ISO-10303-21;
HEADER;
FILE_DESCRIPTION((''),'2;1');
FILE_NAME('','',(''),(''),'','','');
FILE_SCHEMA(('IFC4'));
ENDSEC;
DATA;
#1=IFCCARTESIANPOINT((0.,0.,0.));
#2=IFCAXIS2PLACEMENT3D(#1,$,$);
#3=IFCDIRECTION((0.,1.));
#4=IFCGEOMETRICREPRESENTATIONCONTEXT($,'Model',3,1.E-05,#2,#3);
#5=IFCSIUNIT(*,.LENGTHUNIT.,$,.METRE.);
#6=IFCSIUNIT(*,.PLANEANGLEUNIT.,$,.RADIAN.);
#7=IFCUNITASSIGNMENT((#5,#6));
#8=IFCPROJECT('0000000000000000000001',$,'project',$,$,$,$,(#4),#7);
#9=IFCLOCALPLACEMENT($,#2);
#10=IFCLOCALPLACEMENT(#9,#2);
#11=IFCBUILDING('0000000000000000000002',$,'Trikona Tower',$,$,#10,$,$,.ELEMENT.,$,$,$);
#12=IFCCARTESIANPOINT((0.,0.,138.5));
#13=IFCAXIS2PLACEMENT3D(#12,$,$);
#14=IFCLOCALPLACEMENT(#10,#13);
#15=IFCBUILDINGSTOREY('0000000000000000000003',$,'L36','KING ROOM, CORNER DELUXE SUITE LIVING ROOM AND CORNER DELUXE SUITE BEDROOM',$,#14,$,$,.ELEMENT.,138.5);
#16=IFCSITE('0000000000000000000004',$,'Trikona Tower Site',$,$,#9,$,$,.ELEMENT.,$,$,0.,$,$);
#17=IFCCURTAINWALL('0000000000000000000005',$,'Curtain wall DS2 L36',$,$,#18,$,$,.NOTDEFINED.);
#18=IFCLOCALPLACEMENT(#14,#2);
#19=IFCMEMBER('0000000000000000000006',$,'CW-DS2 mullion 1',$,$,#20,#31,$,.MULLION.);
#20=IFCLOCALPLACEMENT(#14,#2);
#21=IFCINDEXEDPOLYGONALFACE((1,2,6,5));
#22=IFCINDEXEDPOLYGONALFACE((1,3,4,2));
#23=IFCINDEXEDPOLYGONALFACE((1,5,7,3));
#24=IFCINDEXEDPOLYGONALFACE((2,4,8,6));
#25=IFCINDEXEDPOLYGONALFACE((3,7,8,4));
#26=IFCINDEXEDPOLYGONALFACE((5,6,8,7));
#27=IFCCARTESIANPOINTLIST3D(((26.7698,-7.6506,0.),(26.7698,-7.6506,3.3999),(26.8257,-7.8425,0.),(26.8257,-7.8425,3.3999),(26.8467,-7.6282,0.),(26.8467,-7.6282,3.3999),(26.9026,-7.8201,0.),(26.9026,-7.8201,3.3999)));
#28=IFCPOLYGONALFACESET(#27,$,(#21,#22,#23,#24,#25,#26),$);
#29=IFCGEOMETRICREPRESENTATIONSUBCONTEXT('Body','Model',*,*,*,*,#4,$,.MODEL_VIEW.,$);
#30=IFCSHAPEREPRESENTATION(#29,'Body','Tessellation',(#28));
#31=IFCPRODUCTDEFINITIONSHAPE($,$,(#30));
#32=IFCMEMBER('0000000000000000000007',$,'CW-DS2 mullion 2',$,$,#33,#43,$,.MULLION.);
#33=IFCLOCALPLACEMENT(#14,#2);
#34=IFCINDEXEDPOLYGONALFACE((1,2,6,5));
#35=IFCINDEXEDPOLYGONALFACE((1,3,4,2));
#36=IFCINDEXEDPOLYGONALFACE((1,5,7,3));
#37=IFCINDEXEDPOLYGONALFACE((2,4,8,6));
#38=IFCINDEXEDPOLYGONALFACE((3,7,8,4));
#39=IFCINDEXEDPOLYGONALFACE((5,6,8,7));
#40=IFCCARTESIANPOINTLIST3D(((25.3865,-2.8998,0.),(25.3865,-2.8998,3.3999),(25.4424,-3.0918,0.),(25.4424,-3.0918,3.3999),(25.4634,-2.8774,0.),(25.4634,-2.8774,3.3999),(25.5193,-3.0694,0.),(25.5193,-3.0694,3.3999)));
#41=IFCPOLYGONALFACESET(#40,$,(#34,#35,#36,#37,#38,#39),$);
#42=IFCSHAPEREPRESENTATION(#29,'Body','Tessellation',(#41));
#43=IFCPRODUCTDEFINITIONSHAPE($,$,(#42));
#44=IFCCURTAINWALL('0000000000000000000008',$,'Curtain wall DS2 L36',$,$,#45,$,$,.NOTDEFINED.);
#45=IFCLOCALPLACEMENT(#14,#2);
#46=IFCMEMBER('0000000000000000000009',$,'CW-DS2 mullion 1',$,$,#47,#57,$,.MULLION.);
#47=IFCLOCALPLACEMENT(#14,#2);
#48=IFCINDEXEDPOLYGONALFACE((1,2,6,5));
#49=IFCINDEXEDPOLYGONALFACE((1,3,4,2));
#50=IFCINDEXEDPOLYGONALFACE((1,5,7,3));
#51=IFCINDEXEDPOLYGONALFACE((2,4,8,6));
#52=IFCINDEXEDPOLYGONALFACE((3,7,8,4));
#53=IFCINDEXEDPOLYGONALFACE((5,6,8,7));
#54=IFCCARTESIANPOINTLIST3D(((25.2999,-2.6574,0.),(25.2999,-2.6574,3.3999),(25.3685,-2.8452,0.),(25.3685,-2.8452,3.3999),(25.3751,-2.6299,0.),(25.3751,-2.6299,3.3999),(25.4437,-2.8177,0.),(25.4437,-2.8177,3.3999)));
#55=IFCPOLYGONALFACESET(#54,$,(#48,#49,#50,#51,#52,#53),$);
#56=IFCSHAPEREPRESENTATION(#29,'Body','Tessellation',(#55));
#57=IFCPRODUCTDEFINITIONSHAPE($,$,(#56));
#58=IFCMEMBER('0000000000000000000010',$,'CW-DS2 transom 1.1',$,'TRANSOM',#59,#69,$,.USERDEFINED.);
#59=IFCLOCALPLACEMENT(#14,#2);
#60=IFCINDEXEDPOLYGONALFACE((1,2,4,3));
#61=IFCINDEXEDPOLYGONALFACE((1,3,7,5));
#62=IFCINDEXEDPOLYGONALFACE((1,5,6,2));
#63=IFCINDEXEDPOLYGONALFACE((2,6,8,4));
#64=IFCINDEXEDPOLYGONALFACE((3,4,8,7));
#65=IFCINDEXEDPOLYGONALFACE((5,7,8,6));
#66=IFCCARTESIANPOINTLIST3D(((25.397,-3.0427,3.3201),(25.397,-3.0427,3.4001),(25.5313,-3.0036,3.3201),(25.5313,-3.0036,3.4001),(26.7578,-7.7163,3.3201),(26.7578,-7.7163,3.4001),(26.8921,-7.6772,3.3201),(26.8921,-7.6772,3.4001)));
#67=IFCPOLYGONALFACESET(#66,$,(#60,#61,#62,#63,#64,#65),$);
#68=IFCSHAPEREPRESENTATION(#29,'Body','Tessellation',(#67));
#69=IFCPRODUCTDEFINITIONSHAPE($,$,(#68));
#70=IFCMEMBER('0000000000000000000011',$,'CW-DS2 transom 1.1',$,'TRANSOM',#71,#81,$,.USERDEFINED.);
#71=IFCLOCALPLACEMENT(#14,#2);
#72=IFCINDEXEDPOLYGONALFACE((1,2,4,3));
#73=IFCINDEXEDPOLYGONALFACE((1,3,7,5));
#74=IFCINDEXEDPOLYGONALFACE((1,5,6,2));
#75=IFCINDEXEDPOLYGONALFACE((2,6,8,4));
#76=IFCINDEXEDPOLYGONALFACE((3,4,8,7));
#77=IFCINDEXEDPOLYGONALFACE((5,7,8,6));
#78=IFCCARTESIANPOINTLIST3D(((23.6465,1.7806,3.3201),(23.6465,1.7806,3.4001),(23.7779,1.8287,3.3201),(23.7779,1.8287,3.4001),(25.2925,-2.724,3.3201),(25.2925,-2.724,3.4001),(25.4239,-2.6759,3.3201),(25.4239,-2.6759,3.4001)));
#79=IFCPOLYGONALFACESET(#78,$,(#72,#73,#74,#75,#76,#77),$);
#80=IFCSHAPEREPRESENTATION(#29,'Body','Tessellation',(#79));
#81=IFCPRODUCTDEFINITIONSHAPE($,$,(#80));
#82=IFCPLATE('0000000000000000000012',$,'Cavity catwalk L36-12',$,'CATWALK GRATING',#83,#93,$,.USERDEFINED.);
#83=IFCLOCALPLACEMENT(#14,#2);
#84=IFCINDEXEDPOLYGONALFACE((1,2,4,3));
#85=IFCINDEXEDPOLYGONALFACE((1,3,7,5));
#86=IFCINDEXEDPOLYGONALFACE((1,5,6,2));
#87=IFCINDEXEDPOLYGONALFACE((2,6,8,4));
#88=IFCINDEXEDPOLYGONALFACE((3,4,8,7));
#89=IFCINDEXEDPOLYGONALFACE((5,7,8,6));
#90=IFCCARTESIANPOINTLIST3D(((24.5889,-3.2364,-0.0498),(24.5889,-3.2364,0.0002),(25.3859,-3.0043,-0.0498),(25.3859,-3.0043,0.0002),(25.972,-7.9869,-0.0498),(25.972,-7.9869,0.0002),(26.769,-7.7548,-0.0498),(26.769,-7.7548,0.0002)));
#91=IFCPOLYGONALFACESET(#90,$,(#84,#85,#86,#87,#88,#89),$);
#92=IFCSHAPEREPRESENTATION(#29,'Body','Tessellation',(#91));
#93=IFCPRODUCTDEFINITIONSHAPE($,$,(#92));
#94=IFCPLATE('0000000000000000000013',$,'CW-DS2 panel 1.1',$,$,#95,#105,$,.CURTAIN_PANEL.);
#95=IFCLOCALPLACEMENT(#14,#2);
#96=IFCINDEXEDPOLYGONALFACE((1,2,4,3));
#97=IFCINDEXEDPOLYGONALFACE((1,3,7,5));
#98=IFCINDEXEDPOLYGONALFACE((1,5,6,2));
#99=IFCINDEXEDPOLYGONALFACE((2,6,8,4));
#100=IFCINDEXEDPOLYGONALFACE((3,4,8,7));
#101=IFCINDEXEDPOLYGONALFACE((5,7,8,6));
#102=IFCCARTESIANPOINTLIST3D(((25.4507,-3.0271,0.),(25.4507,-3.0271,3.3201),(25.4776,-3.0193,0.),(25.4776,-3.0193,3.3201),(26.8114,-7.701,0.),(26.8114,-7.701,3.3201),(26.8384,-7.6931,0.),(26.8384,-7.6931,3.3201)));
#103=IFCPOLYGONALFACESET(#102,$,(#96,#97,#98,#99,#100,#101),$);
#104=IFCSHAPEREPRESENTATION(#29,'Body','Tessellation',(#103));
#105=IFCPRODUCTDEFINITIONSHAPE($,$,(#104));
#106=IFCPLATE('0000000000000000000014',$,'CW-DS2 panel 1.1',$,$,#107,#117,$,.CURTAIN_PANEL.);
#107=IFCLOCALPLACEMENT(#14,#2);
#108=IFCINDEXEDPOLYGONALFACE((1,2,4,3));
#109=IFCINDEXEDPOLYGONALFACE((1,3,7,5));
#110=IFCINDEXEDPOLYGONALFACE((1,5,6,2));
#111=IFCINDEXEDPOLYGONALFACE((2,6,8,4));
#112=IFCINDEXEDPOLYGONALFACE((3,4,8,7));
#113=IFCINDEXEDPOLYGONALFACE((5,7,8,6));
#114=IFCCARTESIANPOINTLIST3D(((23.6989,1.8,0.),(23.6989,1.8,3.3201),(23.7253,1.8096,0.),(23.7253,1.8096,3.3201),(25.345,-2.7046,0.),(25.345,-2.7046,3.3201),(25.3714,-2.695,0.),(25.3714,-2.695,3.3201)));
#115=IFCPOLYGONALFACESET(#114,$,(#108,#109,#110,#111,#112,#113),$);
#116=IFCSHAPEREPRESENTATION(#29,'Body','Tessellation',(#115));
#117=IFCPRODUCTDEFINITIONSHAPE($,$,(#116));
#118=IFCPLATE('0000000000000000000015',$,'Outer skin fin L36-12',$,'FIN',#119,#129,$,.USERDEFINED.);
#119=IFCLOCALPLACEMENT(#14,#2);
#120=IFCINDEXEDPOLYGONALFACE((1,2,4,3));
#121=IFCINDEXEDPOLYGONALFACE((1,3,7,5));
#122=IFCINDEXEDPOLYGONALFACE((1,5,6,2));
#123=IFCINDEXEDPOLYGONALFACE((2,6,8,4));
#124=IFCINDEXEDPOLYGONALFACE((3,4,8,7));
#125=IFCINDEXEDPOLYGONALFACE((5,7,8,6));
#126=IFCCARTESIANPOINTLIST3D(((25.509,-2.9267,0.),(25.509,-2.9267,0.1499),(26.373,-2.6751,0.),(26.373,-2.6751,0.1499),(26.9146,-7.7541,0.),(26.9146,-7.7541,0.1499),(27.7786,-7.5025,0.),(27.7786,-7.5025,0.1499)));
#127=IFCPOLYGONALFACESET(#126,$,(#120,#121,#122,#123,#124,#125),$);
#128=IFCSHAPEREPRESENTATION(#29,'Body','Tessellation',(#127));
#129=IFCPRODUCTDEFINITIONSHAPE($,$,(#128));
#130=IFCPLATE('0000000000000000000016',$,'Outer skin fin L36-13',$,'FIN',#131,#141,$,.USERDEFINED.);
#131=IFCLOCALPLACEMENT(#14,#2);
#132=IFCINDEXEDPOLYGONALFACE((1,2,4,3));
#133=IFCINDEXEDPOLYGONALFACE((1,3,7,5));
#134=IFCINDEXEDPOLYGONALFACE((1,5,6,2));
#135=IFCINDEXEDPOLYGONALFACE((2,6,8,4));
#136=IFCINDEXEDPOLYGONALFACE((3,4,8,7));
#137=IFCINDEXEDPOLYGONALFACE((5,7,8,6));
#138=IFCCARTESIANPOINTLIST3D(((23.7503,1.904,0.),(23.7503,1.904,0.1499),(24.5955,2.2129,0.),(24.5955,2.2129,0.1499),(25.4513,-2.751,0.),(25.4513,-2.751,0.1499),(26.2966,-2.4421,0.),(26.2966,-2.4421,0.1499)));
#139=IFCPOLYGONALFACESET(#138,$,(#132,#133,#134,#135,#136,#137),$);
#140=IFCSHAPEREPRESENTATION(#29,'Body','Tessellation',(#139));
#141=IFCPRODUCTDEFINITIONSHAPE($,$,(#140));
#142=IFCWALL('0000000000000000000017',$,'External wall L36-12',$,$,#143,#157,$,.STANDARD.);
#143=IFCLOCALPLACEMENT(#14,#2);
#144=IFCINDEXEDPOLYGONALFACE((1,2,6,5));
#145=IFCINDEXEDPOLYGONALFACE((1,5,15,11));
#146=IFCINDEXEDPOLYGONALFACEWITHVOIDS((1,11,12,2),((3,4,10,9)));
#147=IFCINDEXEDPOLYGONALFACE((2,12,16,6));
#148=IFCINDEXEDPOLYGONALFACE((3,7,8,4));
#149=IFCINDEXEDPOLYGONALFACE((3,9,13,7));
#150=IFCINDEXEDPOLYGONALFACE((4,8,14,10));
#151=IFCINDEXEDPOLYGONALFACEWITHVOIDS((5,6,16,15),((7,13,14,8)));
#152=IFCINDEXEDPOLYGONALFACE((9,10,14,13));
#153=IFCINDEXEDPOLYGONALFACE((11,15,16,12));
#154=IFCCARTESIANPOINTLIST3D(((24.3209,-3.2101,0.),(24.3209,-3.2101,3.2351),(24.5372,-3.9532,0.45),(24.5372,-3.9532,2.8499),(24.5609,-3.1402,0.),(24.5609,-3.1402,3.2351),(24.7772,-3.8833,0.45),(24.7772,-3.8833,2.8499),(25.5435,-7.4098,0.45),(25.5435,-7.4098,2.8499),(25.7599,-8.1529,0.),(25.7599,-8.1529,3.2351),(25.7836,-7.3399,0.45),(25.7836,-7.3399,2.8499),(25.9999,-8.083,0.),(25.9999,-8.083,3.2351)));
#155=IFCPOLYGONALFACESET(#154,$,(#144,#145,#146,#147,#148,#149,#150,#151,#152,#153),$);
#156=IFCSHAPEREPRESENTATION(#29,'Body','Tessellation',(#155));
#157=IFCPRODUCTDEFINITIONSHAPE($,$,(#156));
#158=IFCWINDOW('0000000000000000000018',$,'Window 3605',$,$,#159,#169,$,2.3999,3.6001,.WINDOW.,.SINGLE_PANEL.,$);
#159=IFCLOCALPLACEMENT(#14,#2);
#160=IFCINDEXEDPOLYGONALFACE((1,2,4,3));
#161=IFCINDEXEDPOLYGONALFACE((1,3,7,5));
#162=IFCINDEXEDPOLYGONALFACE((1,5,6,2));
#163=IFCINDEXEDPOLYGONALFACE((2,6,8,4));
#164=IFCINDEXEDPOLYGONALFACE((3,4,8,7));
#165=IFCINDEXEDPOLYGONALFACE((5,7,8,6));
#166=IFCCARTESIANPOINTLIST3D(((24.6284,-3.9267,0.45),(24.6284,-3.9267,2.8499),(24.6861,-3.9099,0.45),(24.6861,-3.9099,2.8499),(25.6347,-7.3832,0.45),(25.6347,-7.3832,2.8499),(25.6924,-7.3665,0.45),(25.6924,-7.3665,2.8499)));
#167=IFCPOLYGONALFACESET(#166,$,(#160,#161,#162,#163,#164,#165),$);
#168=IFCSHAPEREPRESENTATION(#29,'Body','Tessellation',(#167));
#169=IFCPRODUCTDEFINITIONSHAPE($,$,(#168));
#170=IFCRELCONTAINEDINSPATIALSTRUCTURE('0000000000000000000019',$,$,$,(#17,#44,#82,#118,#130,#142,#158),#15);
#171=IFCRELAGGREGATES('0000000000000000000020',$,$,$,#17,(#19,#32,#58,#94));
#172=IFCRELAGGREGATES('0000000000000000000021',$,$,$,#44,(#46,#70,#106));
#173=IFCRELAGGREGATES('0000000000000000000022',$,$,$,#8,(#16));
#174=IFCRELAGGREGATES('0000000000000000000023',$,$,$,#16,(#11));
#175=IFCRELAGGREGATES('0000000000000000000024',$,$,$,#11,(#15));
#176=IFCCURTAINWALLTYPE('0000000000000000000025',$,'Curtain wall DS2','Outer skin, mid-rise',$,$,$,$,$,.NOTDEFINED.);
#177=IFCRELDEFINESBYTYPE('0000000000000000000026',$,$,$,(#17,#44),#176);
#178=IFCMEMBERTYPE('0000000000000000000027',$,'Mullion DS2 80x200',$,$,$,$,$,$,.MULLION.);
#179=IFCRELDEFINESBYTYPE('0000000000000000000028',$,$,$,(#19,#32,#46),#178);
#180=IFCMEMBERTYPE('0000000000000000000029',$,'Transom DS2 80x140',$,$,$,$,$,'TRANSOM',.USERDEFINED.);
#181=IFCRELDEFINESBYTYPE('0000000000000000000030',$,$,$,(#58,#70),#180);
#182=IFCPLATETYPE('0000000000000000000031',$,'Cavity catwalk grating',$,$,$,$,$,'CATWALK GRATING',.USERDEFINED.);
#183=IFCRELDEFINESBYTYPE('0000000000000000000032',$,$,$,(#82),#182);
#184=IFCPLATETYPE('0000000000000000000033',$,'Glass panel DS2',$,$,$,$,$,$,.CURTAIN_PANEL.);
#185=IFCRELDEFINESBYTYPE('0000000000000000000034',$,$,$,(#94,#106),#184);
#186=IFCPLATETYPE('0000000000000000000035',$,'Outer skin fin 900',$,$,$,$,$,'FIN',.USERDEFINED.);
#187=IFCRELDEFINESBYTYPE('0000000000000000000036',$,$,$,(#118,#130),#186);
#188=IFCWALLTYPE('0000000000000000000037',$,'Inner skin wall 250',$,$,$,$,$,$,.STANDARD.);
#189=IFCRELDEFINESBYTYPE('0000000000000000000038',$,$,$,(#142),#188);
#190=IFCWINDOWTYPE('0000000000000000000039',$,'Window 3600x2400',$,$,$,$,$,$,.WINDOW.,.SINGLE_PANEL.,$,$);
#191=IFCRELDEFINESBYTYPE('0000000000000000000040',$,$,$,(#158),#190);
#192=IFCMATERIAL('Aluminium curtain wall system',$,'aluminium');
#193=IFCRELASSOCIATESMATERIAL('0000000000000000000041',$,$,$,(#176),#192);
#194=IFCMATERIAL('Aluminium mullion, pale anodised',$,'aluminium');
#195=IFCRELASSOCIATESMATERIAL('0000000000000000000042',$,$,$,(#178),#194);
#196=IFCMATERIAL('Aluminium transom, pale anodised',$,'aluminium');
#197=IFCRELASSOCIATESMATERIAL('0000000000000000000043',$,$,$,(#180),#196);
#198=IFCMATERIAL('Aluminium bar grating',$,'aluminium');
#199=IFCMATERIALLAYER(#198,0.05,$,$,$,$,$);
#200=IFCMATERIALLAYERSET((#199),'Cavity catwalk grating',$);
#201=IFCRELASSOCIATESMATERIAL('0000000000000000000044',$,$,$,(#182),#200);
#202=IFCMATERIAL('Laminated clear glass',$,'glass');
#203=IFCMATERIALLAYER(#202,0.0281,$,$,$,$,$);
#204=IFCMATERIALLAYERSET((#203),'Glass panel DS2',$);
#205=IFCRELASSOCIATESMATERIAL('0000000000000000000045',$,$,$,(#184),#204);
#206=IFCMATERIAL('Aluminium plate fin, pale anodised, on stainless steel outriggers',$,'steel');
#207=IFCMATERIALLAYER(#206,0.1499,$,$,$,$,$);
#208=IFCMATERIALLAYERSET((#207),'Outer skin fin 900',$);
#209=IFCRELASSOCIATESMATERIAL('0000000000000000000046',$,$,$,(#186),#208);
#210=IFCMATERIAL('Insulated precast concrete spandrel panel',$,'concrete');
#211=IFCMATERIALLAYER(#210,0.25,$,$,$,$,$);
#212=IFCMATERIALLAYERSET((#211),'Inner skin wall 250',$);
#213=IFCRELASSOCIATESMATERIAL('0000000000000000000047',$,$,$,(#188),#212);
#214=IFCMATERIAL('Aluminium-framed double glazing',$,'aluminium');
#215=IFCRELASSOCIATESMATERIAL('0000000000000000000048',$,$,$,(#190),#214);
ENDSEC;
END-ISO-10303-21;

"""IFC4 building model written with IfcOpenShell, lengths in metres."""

from ifc_helpers import new_model, si_unit, direction, frame, frame_2d, origin, origin_2d, place, context, subcontext, project, spatial, rectangle, extrude, material, layer, layer_set, material_profile, profile_set, type_object, element, fill, aggregate, save


model = new_model("IFC4")

# Units and contexts
model_context = context("Model", 3, precision=1e-05, world=origin(), true_north=direction((0.0, 1.0)))
body_context = subcontext(model_context, "Body", "Model", "MODEL_VIEW")
ifc_project = project(units=[si_unit("LENGTHUNIT", "METRE"), si_unit("PLANEANGLEUNIT", "RADIAN")], contexts=[model_context])

# Site, building, storey
site_placement = place(None, origin())
site = spatial("IfcSite", under=ifc_project, at=site_placement, Name="Trikona Tower Site", CompositionType="ELEMENT", RefElevation=0.0)
building_placement = place(site_placement, origin())
building = spatial("IfcBuilding", under=site, at=building_placement, Name="Trikona Tower", CompositionType="ELEMENT")
storey_placement = place(building_placement, frame((0.0, 0.0, 138.5)))
storey = spatial("IfcBuildingStorey", under=building, at=storey_placement, Name="L36", Description="KING ROOM, CORNER DELUXE SUITE LIVING ROOM AND CORNER DELUXE SUITE BEDROOM", CompositionType="ELEMENT", Elevation=138.5)

# Curtain wall, members
ifc_material_1 = material(Name="Aluminium curtain wall system", Category="aluminium")
curtain_wall_type = type_object("IfcCurtainWallType", Name="Curtain wall DS2", Description="Outer skin, mid-rise", PredefinedType="NOTDEFINED", material=ifc_material_1)
curtain_wall_1_placement = place(storey_placement, origin())
curtain_wall_1 = element("IfcCurtainWall", 1, at=curtain_wall_1_placement, inside=storey, type_object=curtain_wall_type, Name="Curtain wall DS2 L36", PredefinedType="NOTDEFINED")
ifc_material_2 = material(Name="Aluminium mullion, pale anodised", Category="aluminium")
ifc_material_profile_1 = material_profile(ifc_material_2, rectangle(XDim=0.0801, YDim=0.2, at=origin_2d()), Name="MUL-DS2")
ifc_profile_set_1 = profile_set([ifc_material_profile_1], Name="Aluminium mullion, pale anodised")
member_type_1 = type_object("IfcMemberType", Name="Mullion DS2 80x200", PredefinedType="MULLION", material=ifc_profile_set_1)
member_1_placement = place(storey_placement, frame((26.8362, -7.7354, 0.0), z_axis=(0.0, 0.0, 1.0), x_axis=(-0.960133, -0.279543, 0.0)))
member_1 = element("IfcMember", 2, at=member_1_placement, type_object=member_type_1, Name="CW-DS2 mullion 1", PredefinedType="MULLION", context=body_context, shape_type="SweptSolid", body=[
    extrude(rectangle(XDim=0.0801, YDim=0.2, at=origin_2d()), origin(), (0.0, 0.0, 1.0), 3.3999),
])
member_2_placement = place(storey_placement, frame((25.4529, -2.9846, 0.0), z_axis=(0.0, 0.0, 1.0), x_axis=(-0.960133, -0.279543, 0.0)))
member_2 = element("IfcMember", 3, at=member_2_placement, type_object=member_type_1, Name="CW-DS2 mullion 2", PredefinedType="MULLION", context=body_context, shape_type="SweptSolid", body=[
    extrude(rectangle(XDim=0.0801, YDim=0.2, at=origin_2d()), origin(), (0.0, 0.0, 1.0), 3.3999),
])

# Curtain wall, member
curtain_wall_2_placement = place(storey_placement, origin())
curtain_wall_2 = element("IfcCurtainWall", 4, at=curtain_wall_2_placement, inside=storey, type_object=curtain_wall_type, Name="Curtain wall DS2 L36", PredefinedType="NOTDEFINED")
member_3_placement = place(storey_placement, frame((25.3718, -2.7375, 0.0), z_axis=(0.0, 0.0, 1.0), x_axis=(-0.939254, -0.343223, 0.0)))
member_3 = element("IfcMember", 5, at=member_3_placement, type_object=member_type_1, Name="CW-DS2 mullion 1", PredefinedType="MULLION", context=body_context, shape_type="SweptSolid", body=[
    extrude(rectangle(XDim=0.0801, YDim=0.2, at=origin_2d()), origin(), (0.0, 0.0, 1.0), 3.3999),
])

# Members
ifc_material_3 = material(Name="Aluminium transom, pale anodised", Category="aluminium")
ifc_material_profile_2 = material_profile(ifc_material_3, rectangle(XDim=0.1399, YDim=0.0801, at=origin_2d()), Name="TRN-DS2")
ifc_profile_set_2 = profile_set([ifc_material_profile_2], Name="Aluminium transom, pale anodised")
member_type_2 = type_object("IfcMemberType", Name="Transom DS2 80x140", ElementType="TRANSOM", PredefinedType="USERDEFINED", material=ifc_profile_set_2)
member_4_placement = place(storey_placement, frame((26.825, -7.6968, 3.3601), z_axis=(-0.279567, 0.960126, 0.0), x_axis=(-0.960126, -0.279567, 0.0)))
member_4 = element("IfcMember", 6, at=member_4_placement, type_object=member_type_2, Name="CW-DS2 transom 1.1", ObjectType="TRANSOM", PredefinedType="USERDEFINED", context=body_context, shape_type="SweptSolid", body=[
    extrude(rectangle(XDim=0.1399, YDim=0.0801, at=origin_2d()), origin(), (0.0, 0.0, 1.0), 4.8677),
])
member_5_placement = place(storey_placement, frame((25.3582, -2.7, 3.3601), z_axis=(-0.343206, 0.93926, 0.0), x_axis=(-0.93926, -0.343206, 0.0)))
member_5 = element("IfcMember", 7, at=member_5_placement, type_object=member_type_2, Name="CW-DS2 transom 1.1", ObjectType="TRANSOM", PredefinedType="USERDEFINED", context=body_context, shape_type="SweptSolid", body=[
    extrude(rectangle(XDim=0.1399, YDim=0.0801, at=origin_2d()), origin(), (0.0, 0.0, 1.0), 4.7959),
])

# Plates
ifc_material_4 = material(Name="Aluminium bar grating", Category="aluminium")
ifc_layer_1 = layer(ifc_material_4, 0.05)
ifc_layer_set_1 = layer_set([ifc_layer_1], Name="Cavity catwalk grating")
plate_type_1 = type_object("IfcPlateType", Name="Cavity catwalk grating", ElementType="CATWALK GRATING", PredefinedType="USERDEFINED", material=ifc_layer_set_1)
plate_1_placement = place(storey_placement, frame((25.679, -5.4956, -0.0498), z_axis=(0.0, 0.0, 1.0), x_axis=(-0.279554, 0.96013, 0.0)))
element("IfcPlate", 8, at=plate_1_placement, inside=storey, type_object=plate_type_1, Name="Cavity catwalk L36-12", ObjectType="CATWALK GRATING", PredefinedType="USERDEFINED", context=body_context, shape_type="SweptSolid", body=[
    extrude(rectangle(XDim=4.9478, YDim=0.8301, at=origin_2d()), origin(), (0.0, 0.0, 1.0), 0.05),
])
ifc_material_5 = material(Name="Laminated clear glass", Category="glass")
ifc_layer_2 = layer(ifc_material_5, 0.0281)
ifc_layer_set_2 = layer_set([ifc_layer_2], Name="Glass panel DS2")
plate_type_2 = type_object("IfcPlateType", Name="Glass panel DS2", PredefinedType="CURTAIN_PANEL", material=ifc_layer_set_2)
plate_2_placement = place(storey_placement, frame((26.1445, -5.3601, 0.0), z_axis=(0.0, 0.0, 1.0), x_axis=(-0.279543, 0.960133, 0.0)))
plate_2 = element("IfcPlate", 9, at=plate_2_placement, type_object=plate_type_2, Name="CW-DS2 panel 1.1", PredefinedType="CURTAIN_PANEL", context=body_context, shape_type="SweptSolid", body=[
    extrude(rectangle(XDim=4.8679, YDim=0.0281, at=origin_2d()), origin(), (0.0, 0.0, 1.0), 3.3201),
])
aggregate(curtain_wall_1, [member_1, member_2, member_4, plate_2])
plate_3_placement = place(storey_placement, frame((24.5352, -0.4475, 0.0), z_axis=(0.0, 0.0, 1.0), x_axis=(-0.343223, 0.939254, 0.0)))
plate_3 = element("IfcPlate", 10, at=plate_3_placement, type_object=plate_type_2, Name="CW-DS2 panel 1.1", PredefinedType="CURTAIN_PANEL", context=body_context, shape_type="SweptSolid", body=[
    extrude(rectangle(XDim=4.7959, YDim=0.0281, at=origin_2d()), origin(), (0.0, 0.0, 1.0), 3.3201),
])
aggregate(curtain_wall_2, [member_3, member_5, plate_3])

# Plates
ifc_material_6 = material(Name="Aluminium plate fin, pale anodised, on stainless steel outriggers", Category="steel")
ifc_layer_3 = layer(ifc_material_6, 0.1499)
ifc_layer_set_3 = layer_set([ifc_layer_3], Name="Outer skin fin 900")
plate_type_3 = type_object("IfcPlateType", Name="Outer skin fin 900", ElementType="FIN", PredefinedType="USERDEFINED", material=ifc_layer_set_3)
plate_4_placement = place(storey_placement, frame((26.6438, -5.2146, 0.0), z_axis=(0.0, 0.0, 1.0), x_axis=(-0.279554, 0.96013, 0.0)))
element("IfcPlate", 11, at=plate_4_placement, inside=storey, type_object=plate_type_3, Name="Outer skin fin L36-12", ObjectType="FIN", PredefinedType="USERDEFINED", context=body_context, shape_type="SweptSolid", body=[
    extrude(rectangle(XDim=5.0278, YDim=0.8999, at=origin_2d()), origin(), (0.0, 0.0, 1.0), 0.1499),
])
plate_5_placement = place(storey_placement, frame((25.0234, -0.269, 0.0), z_axis=(0.0, 0.0, 1.0), x_axis=(-0.34322, 0.939255, 0.0)))
element("IfcPlate", 12, at=plate_5_placement, inside=storey, type_object=plate_type_3, Name="Outer skin fin L36-13", ObjectType="FIN", PredefinedType="USERDEFINED", context=body_context, shape_type="SweptSolid", body=[
    extrude(rectangle(XDim=4.9561, YDim=0.8999, at=origin_2d()), origin(), (0.0, 0.0, 1.0), 0.1499),
])

# Wall, opening, window
ifc_material_7 = material(Name="Insulated precast concrete spandrel panel", Category="concrete")
ifc_layer_4 = layer(ifc_material_7, 0.25)
ifc_layer_set_4 = layer_set([ifc_layer_4], Name="Inner skin wall 250")
wall_type = type_object("IfcWallType", Name="Inner skin wall 250", PredefinedType="STANDARD", material=ifc_layer_set_4)
wall_1_placement = place(storey_placement, frame((25.8799, -8.1179, 0.0), z_axis=(0.0, 0.0, 1.0), x_axis=(-0.279528, 0.960137, 0.0)))
wall_1 = element("IfcWall", 13, at=wall_1_placement, inside=storey, type_object=wall_type, Name="External wall L36-12", PredefinedType="STANDARD", context=body_context, shape_type="SweptSolid", body=[
    extrude(rectangle(XDim=5.1479, YDim=0.25, at=frame_2d((2.574, 0.0))), origin(), (0.0, 0.0, 1.0), 3.2351),
])
opening_1_placement = place(wall_1_placement, frame((0.7739, 0.0, 0.45)))
opening_1 = element("IfcOpeningElement", 14, at=opening_1_placement, cuts=wall_1, PredefinedType="OPENING", context=body_context, shape_type="SweptSolid", body=[
    extrude(rectangle(XDim=3.6001, YDim=2.3999, at=frame_2d((1.8, 1.2))), frame((0.0, 0.135, 0.0), z_axis=(0.0, -1.0, 0.0), x_axis=(1.0, 0.0, 0.0)), (0.0, 0.0, 1.0), 0.27),
])
ifc_material_8 = material(Name="Aluminium-framed double glazing", Category="aluminium")
window_type = type_object("IfcWindowType", Name="Window 3600x2400", PartitioningType="SINGLE_PANEL", PredefinedType="WINDOW", material=ifc_material_8)
window_1_placement = place(opening_1_placement, origin())
window_1 = element("IfcWindow", 15, at=window_1_placement, inside=storey, type_object=window_type, Name="Window 3605", OverallHeight=2.3999, OverallWidth=3.6001, PartitioningType="SINGLE_PANEL", PredefinedType="WINDOW", context=body_context, shape_type="SweptSolid", body=[
    extrude(rectangle(XDim=3.6001, YDim=2.3999, at=frame_2d((1.8, 1.2))), frame((0.0, 0.03, 0.0), z_axis=(0.0, -1.0, 0.0), x_axis=(1.0, 0.0, 0.0)), (0.0, 0.0, 1.0), 0.0601),
])
fill(opening_1, window_1)

save(model, "model.ifc")
